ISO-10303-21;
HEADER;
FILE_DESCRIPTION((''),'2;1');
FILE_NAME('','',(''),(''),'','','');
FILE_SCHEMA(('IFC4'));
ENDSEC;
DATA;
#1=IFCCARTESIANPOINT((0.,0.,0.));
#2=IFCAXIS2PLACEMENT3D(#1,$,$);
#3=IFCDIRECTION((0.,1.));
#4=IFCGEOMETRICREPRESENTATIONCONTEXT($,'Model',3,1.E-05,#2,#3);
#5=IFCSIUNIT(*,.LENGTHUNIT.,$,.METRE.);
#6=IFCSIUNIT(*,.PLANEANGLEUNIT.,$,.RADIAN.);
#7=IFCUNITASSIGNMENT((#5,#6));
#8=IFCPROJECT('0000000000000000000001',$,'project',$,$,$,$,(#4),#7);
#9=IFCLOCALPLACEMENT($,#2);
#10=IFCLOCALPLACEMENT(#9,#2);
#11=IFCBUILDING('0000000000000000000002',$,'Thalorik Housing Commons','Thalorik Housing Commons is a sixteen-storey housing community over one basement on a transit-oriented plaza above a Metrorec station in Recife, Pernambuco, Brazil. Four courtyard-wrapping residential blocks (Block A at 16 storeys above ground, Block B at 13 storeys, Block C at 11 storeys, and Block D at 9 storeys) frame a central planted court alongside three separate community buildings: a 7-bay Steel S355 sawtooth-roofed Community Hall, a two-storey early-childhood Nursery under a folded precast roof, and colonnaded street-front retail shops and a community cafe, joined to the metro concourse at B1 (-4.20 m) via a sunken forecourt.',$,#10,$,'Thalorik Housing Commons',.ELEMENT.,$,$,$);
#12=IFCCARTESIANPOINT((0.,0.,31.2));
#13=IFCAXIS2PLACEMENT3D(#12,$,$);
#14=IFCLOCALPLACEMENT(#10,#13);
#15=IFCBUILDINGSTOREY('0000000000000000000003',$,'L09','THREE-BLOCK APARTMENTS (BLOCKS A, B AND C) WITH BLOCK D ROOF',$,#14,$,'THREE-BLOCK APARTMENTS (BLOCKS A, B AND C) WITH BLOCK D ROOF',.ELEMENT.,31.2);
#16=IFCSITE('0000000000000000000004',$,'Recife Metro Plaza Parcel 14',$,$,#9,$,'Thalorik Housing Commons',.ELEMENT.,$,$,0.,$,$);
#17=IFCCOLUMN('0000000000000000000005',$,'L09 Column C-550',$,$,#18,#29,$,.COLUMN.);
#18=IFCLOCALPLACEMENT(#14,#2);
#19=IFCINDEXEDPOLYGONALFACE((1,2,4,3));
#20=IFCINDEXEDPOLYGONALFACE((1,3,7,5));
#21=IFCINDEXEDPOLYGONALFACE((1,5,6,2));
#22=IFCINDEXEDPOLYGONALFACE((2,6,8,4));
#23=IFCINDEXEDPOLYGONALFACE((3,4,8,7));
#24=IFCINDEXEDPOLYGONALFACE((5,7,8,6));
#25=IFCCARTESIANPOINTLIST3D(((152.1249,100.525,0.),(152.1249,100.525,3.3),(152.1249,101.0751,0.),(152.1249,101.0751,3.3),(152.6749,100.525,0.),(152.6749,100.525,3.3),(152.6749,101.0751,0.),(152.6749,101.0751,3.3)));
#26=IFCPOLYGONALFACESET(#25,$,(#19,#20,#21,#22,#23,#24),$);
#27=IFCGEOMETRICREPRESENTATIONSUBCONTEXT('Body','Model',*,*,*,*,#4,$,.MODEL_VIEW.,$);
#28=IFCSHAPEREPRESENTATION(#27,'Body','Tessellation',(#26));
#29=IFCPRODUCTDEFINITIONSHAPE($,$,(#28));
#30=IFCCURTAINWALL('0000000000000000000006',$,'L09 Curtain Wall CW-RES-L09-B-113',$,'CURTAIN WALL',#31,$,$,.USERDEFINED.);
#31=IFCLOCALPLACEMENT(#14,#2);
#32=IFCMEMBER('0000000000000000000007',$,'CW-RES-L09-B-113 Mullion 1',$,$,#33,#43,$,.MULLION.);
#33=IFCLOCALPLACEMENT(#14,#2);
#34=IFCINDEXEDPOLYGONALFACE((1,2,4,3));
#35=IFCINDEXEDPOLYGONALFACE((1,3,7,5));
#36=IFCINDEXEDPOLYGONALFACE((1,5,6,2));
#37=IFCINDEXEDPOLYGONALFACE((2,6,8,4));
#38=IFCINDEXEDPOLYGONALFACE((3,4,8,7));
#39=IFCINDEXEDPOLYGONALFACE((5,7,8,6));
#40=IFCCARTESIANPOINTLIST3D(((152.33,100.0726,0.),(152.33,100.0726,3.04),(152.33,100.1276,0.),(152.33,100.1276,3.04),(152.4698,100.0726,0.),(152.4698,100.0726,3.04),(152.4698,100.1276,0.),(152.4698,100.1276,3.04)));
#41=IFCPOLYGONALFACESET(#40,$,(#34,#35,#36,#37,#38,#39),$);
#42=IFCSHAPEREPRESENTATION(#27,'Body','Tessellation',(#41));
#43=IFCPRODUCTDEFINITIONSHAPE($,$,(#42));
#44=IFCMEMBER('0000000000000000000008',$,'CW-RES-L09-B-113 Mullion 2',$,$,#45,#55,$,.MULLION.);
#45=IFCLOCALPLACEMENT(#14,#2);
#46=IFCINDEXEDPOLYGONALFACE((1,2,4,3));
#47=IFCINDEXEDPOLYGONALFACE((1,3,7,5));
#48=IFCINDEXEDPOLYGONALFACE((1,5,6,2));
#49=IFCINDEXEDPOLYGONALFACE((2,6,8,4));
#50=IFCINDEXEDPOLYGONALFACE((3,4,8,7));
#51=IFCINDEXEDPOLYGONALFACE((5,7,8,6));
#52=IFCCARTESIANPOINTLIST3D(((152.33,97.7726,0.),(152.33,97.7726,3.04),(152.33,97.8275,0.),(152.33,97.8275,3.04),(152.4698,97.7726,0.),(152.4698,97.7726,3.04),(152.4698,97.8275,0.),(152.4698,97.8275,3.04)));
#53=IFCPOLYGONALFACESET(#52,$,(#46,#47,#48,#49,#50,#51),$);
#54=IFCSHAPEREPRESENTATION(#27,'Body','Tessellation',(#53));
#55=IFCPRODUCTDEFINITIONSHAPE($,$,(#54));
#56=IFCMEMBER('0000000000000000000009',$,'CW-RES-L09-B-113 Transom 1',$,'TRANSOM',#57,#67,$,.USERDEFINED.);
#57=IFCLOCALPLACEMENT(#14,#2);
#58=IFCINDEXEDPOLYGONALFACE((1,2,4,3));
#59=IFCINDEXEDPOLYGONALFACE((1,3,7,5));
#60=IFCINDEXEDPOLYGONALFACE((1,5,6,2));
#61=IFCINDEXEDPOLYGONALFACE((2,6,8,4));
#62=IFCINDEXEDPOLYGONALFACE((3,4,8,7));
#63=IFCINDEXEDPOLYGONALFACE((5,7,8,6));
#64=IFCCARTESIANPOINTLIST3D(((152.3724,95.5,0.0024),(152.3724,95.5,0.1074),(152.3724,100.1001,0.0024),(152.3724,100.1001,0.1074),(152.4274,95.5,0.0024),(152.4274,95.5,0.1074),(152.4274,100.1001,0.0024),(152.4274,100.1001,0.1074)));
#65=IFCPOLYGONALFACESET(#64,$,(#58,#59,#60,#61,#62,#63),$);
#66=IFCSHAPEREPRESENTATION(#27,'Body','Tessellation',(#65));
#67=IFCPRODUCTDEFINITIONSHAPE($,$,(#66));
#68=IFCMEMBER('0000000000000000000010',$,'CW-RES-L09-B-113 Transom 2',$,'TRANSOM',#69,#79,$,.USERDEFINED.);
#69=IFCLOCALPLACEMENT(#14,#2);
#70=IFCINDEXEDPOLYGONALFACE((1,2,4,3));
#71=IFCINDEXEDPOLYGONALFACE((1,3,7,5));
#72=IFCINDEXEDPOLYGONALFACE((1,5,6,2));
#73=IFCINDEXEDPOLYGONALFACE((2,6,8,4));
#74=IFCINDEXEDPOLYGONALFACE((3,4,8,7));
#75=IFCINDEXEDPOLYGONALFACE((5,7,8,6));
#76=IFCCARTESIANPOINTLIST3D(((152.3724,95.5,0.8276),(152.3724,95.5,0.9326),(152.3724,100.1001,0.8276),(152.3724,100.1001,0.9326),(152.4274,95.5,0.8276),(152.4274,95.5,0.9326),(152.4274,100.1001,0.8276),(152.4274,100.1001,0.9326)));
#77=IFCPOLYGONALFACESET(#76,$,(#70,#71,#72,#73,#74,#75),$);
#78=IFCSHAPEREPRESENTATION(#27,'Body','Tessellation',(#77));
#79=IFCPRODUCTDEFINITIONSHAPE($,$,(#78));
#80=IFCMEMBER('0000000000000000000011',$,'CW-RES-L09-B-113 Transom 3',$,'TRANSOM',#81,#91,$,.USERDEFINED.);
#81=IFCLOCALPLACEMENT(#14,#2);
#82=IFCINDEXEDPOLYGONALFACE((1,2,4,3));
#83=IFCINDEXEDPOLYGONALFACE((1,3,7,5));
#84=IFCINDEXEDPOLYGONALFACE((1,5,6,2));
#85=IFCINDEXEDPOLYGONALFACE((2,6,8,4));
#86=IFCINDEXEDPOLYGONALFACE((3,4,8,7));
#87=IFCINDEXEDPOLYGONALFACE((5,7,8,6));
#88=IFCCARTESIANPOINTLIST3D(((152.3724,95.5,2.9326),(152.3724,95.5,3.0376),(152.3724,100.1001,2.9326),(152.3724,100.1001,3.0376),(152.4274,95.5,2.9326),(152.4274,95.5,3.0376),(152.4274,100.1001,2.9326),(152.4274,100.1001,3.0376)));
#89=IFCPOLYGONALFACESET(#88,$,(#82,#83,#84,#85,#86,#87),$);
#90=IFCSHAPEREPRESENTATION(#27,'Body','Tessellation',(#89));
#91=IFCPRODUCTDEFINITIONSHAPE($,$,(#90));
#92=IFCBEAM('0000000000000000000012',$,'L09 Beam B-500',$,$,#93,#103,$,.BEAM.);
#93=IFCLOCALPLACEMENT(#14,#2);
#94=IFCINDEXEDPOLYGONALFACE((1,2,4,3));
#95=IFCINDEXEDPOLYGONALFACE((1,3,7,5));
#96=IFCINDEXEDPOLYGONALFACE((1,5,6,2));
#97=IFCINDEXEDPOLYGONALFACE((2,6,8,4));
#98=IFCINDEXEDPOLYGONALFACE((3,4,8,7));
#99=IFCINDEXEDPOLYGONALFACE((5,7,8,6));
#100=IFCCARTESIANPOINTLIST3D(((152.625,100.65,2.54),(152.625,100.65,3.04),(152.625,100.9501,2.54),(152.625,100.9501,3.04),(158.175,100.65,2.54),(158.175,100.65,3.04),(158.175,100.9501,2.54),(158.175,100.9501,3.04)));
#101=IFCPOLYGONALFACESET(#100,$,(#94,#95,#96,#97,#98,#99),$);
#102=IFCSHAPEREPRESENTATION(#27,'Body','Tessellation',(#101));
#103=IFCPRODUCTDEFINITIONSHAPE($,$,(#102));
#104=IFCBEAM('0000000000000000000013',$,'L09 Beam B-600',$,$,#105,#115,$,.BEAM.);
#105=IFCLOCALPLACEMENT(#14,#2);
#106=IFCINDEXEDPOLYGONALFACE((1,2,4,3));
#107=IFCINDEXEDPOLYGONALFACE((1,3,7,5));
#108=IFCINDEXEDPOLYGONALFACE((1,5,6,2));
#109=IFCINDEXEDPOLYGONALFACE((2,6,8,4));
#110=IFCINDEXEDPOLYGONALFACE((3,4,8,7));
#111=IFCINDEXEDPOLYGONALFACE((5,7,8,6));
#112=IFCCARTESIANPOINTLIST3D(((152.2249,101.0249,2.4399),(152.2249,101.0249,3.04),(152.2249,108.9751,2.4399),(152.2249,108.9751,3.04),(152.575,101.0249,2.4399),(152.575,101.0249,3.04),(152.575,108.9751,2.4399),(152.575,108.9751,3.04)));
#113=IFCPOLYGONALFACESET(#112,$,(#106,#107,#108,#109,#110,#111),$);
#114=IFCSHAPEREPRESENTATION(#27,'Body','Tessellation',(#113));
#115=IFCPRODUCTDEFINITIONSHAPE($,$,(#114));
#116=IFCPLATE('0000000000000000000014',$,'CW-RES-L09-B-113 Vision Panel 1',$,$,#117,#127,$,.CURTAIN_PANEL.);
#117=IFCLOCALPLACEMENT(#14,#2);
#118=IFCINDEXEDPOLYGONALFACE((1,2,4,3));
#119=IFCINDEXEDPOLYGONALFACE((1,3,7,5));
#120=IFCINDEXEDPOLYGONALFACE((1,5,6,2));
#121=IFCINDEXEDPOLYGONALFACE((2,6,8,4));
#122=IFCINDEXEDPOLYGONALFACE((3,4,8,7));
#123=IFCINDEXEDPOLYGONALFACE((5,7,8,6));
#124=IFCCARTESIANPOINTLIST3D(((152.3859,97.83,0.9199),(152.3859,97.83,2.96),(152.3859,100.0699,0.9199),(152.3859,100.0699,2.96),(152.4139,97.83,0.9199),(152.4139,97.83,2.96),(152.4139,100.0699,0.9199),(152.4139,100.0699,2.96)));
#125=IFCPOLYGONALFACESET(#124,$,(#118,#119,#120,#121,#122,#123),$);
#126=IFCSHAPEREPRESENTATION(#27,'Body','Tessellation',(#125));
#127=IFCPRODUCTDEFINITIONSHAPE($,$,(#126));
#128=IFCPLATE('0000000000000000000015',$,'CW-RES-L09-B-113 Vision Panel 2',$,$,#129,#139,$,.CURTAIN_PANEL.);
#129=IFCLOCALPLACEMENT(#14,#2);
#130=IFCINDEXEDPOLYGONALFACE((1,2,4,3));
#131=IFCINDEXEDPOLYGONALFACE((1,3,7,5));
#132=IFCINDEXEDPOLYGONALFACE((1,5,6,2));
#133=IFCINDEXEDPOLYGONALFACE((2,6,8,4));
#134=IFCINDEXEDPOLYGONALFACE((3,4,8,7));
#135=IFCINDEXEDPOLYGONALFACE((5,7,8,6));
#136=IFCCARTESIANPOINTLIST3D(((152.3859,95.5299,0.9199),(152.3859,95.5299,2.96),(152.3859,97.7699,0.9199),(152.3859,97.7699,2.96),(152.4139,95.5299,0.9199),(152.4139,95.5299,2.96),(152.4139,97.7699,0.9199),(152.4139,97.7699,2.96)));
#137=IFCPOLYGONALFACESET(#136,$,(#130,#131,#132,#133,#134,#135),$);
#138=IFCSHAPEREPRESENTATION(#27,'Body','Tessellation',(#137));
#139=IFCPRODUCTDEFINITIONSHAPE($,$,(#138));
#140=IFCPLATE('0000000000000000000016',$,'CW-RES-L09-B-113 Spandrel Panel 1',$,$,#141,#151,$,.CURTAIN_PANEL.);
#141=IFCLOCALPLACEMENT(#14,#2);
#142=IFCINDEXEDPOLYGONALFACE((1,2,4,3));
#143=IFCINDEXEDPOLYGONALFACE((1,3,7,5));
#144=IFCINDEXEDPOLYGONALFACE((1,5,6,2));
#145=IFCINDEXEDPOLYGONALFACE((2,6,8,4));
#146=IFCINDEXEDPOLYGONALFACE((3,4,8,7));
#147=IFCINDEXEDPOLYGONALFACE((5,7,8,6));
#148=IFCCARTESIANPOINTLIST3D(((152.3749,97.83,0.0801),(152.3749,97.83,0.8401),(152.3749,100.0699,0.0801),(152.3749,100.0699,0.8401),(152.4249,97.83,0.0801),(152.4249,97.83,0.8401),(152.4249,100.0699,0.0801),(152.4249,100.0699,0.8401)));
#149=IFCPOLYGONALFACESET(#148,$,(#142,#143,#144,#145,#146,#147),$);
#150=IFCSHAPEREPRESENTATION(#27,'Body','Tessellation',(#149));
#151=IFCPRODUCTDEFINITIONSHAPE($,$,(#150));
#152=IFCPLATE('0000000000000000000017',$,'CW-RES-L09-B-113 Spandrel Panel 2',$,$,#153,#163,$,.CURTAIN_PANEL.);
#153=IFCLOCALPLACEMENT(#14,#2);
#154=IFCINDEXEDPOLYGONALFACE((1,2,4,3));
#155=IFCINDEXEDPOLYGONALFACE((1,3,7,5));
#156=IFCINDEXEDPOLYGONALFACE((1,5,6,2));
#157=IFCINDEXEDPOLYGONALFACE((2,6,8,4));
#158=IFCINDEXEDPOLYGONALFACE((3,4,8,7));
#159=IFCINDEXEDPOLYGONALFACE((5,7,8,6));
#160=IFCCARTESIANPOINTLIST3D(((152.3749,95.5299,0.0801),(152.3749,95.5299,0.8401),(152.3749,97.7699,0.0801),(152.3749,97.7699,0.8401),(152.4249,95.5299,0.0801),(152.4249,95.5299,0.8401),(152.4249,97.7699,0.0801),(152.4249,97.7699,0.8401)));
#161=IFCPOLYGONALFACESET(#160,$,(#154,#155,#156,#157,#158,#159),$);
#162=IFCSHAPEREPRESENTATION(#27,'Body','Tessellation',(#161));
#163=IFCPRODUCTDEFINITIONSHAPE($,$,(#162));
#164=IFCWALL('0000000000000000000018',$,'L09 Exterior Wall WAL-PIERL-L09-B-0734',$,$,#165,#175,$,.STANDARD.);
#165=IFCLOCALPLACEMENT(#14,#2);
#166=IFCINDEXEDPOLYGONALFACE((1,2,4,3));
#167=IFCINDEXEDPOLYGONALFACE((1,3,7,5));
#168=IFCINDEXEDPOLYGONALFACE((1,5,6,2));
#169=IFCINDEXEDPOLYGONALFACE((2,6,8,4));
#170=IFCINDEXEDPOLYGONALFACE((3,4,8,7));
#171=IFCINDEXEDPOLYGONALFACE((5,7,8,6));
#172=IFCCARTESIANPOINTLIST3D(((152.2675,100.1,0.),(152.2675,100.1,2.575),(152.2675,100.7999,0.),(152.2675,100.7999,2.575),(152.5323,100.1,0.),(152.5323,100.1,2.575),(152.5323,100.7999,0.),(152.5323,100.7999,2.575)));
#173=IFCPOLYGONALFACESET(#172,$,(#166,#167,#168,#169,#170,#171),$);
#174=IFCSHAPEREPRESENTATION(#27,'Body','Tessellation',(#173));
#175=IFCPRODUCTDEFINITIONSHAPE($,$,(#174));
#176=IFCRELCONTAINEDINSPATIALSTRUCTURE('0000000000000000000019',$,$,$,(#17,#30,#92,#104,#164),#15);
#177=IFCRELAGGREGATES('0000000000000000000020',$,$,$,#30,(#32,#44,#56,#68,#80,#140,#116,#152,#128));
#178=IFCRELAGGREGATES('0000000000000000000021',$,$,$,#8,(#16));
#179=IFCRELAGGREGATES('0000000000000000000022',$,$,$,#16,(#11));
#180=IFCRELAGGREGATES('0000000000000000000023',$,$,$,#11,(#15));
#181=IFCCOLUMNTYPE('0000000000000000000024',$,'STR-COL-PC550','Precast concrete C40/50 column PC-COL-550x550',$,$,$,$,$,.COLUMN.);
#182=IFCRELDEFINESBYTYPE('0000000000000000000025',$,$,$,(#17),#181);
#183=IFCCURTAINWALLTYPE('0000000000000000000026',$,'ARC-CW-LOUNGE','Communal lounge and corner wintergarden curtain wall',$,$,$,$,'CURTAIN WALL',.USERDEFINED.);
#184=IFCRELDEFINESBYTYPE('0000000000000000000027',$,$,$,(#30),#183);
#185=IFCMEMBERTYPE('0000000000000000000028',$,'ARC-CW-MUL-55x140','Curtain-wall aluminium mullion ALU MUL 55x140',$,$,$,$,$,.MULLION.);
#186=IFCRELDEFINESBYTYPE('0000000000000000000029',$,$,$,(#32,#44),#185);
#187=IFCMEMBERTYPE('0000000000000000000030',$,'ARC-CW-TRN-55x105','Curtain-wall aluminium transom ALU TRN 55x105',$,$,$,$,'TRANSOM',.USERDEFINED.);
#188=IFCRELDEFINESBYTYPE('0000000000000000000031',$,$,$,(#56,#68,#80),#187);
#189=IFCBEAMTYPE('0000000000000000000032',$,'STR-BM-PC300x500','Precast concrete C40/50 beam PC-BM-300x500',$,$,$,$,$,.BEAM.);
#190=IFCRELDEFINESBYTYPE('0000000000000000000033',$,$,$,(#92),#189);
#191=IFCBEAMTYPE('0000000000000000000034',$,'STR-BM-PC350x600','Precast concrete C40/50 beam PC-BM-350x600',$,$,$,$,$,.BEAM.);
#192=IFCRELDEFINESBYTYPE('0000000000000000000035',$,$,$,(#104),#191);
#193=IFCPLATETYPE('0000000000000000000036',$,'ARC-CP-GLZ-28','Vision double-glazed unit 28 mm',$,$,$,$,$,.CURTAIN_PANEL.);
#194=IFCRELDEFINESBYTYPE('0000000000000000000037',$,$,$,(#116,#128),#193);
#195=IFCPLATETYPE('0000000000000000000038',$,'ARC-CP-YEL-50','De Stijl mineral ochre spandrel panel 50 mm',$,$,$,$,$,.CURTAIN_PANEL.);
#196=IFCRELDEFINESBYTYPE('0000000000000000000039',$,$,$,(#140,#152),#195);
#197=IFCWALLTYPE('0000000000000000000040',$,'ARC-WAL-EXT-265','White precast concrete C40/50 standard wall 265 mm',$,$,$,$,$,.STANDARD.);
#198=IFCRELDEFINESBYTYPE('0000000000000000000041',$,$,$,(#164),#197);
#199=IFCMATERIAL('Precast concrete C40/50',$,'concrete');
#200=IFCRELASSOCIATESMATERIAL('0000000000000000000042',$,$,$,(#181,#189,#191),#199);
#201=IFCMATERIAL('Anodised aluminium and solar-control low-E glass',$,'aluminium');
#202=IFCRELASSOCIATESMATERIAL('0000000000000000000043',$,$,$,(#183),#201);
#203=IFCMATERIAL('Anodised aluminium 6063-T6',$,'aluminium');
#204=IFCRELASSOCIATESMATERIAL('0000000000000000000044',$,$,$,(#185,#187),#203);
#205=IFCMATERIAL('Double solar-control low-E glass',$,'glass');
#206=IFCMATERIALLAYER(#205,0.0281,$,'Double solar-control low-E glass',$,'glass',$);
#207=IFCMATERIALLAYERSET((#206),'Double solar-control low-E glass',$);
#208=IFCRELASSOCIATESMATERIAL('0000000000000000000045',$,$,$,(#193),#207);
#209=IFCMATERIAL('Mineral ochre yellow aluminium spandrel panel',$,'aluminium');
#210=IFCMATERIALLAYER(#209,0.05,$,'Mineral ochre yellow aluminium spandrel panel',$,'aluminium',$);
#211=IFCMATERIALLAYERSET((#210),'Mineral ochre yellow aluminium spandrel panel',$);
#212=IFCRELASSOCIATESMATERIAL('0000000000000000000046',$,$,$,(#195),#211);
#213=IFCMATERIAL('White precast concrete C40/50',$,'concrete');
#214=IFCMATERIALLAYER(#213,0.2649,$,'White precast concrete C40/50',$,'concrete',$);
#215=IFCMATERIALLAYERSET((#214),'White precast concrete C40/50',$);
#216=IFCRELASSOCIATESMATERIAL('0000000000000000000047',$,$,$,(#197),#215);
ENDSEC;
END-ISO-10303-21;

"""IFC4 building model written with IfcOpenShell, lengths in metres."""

from ifc_helpers import new_model, si_unit, direction, frame, frame_2d, origin, origin_2d, place, context, subcontext, project, spatial, rectangle, extrude, material, layer, layer_set, material_profile, profile_set, type_object, element, aggregate, save


model = new_model("IFC4")

# Units and contexts
model_context = context("Model", 3, precision=1e-05, world=origin(), true_north=direction((0.0, 1.0)))
body_context = subcontext(model_context, "Body", "Model", "MODEL_VIEW")
ifc_project = project(units=[si_unit("LENGTHUNIT", "METRE"), si_unit("PLANEANGLEUNIT", "RADIAN")], contexts=[model_context])

# Site, building, storey
site_placement = place(None, origin())
site = spatial("IfcSite", under=ifc_project, at=site_placement, Name="Recife Metro Plaza Parcel 14", LongName="Thalorik Housing Commons", CompositionType="ELEMENT", RefElevation=0.0)
building_placement = place(site_placement, origin())
building = spatial("IfcBuilding", under=site, at=building_placement, Name="Thalorik Housing Commons", Description="Thalorik Housing Commons is a sixteen-storey housing community over one basement on a transit-oriented plaza above a Metrorec station in Recife, Pernambuco, Brazil. Four courtyard-wrapping residential blocks (Block A at 16 storeys above ground, Block B at 13 storeys, Block C at 11 storeys, and Block D at 9 storeys) frame a central planted court alongside three separate community buildings: a 7-bay Steel S355 sawtooth-roofed Community Hall, a two-storey early-childhood Nursery under a folded precast roof, and colonnaded street-front retail shops and a community cafe, joined to the metro concourse at B1 (-4.20 m) via a sunken forecourt.", LongName="Thalorik Housing Commons", CompositionType="ELEMENT")
storey_placement = place(building_placement, frame((0.0, 0.0, 31.2)))
storey = spatial("IfcBuildingStorey", under=building, at=storey_placement, Name="L09", Description="THREE-BLOCK APARTMENTS (BLOCKS A, B AND C) WITH BLOCK D ROOF", LongName="THREE-BLOCK APARTMENTS (BLOCKS A, B AND C) WITH BLOCK D ROOF", CompositionType="ELEMENT", Elevation=31.2)

# Column
ifc_material_1 = material(Name="Precast concrete C40/50", Category="concrete")
ifc_material_profile_1 = material_profile(ifc_material_1, rectangle(XDim=0.55, YDim=0.55, at=origin_2d()), Name="PC 550x550", Category="concrete")
ifc_profile_set_1 = profile_set([ifc_material_profile_1], Name="Precast concrete C40/50")
column_type = type_object("IfcColumnType", Name="STR-COL-PC550", Description="Precast concrete C40/50 column PC-COL-550x550", PredefinedType="COLUMN", material=ifc_profile_set_1)
column_placement = place(storey_placement, frame((152.3999, 100.8, 0.0), z_axis=(0.0, 0.0, 1.0), x_axis=(1.0, 0.0, 0.0)))
element("IfcColumn", 1, at=column_placement, inside=storey, type_object=column_type, Name="L09 Column C-550", PredefinedType="COLUMN", context=body_context, shape_type="SweptSolid", body=[
    extrude(rectangle(XDim=0.55, YDim=0.55, at=origin_2d()), origin(), (0.0, 0.0, 1.0), 3.3),
])

# Curtain wall, members
ifc_material_2 = material(Name="Anodised aluminium and solar-control low-E glass", Category="aluminium")
curtain_wall_type = type_object("IfcCurtainWallType", Name="ARC-CW-LOUNGE", Description="Communal lounge and corner wintergarden curtain wall", ElementType="CURTAIN WALL", PredefinedType="USERDEFINED", material=ifc_material_2)
curtain_wall_placement = place(storey_placement, origin())
curtain_wall = element("IfcCurtainWall", 2, at=curtain_wall_placement, inside=storey, type_object=curtain_wall_type, Name="L09 Curtain Wall CW-RES-L09-B-113", ObjectType="CURTAIN WALL", PredefinedType="USERDEFINED")
ifc_material_3 = material(Name="Anodised aluminium 6063-T6", Category="aluminium")
ifc_material_profile_2 = material_profile(ifc_material_3, rectangle(XDim=0.0549, YDim=0.1399, at=origin_2d()), Name="ALU MUL 55x140", Category="aluminium")
ifc_profile_set_2 = profile_set([ifc_material_profile_2], Name="Anodised aluminium 6063-T6")
member_type_1 = type_object("IfcMemberType", Name="ARC-CW-MUL-55x140", Description="Curtain-wall aluminium mullion ALU MUL 55x140", PredefinedType="MULLION", material=ifc_profile_set_2)
member_1_placement = place(storey_placement, frame((152.3999, 100.1001, 0.0), z_axis=(0.0, 0.0, 1.0), x_axis=(0.0, -1.0, 0.0)))
member_1 = element("IfcMember", 3, at=member_1_placement, type_object=member_type_1, Name="CW-RES-L09-B-113 Mullion 1", PredefinedType="MULLION", context=body_context, shape_type="SweptSolid", body=[
    extrude(rectangle(XDim=0.0549, YDim=0.1399, at=origin_2d()), origin(), (0.0, 0.0, 1.0), 3.04),
])
member_2_placement = place(storey_placement, frame((152.3999, 97.8, 0.0), z_axis=(0.0, 0.0, 1.0), x_axis=(0.0, -1.0, 0.0)))
member_2 = element("IfcMember", 4, at=member_2_placement, type_object=member_type_1, Name="CW-RES-L09-B-113 Mullion 2", PredefinedType="MULLION", context=body_context, shape_type="SweptSolid", body=[
    extrude(rectangle(XDim=0.0549, YDim=0.1399, at=origin_2d()), origin(), (0.0, 0.0, 1.0), 3.04),
])
ifc_material_profile_3 = material_profile(ifc_material_3, rectangle(XDim=0.0549, YDim=0.105, at=origin_2d()), Name="ALU TRN 55x105", Category="aluminium")
ifc_profile_set_3 = profile_set([ifc_material_profile_3], Name="Anodised aluminium 6063-T6")
member_type_2 = type_object("IfcMemberType", Name="ARC-CW-TRN-55x105", Description="Curtain-wall aluminium transom ALU TRN 55x105", ElementType="TRANSOM", PredefinedType="USERDEFINED", material=ifc_profile_set_3)
member_3_placement = place(storey_placement, frame((152.3999, 100.1001, 0.0549), z_axis=(0.0, -1.0, 0.0), x_axis=(1.0, 0.0, 0.0)))
member_3 = element("IfcMember", 5, at=member_3_placement, type_object=member_type_2, Name="CW-RES-L09-B-113 Transom 1", ObjectType="TRANSOM", PredefinedType="USERDEFINED", context=body_context, shape_type="SweptSolid", body=[
    extrude(rectangle(XDim=0.0549, YDim=0.105, at=origin_2d()), origin(), (0.0, 0.0, 1.0), 4.6001),
])
member_4_placement = place(storey_placement, frame((152.3999, 100.1001, 0.8801), z_axis=(0.0, -1.0, 0.0), x_axis=(1.0, 0.0, 0.0)))
member_4 = element("IfcMember", 6, at=member_4_placement, type_object=member_type_2, Name="CW-RES-L09-B-113 Transom 2", ObjectType="TRANSOM", PredefinedType="USERDEFINED", context=body_context, shape_type="SweptSolid", body=[
    extrude(rectangle(XDim=0.0549, YDim=0.105, at=origin_2d()), origin(), (0.0, 0.0, 1.0), 4.6001),
])
member_5_placement = place(storey_placement, frame((152.3999, 100.1001, 2.9851), z_axis=(0.0, -1.0, 0.0), x_axis=(1.0, 0.0, 0.0)))
member_5 = element("IfcMember", 7, at=member_5_placement, type_object=member_type_2, Name="CW-RES-L09-B-113 Transom 3", ObjectType="TRANSOM", PredefinedType="USERDEFINED", context=body_context, shape_type="SweptSolid", body=[
    extrude(rectangle(XDim=0.0549, YDim=0.105, at=origin_2d()), origin(), (0.0, 0.0, 1.0), 4.6001),
])

# Beams
ifc_material_profile_4 = material_profile(ifc_material_1, rectangle(XDim=0.3, YDim=0.5, at=origin_2d()), Name="PC 300x500", Category="concrete")
ifc_profile_set_4 = profile_set([ifc_material_profile_4], Name="Precast concrete C40/50")
beam_type_1 = type_object("IfcBeamType", Name="STR-BM-PC300x500", Description="Precast concrete C40/50 beam PC-BM-300x500", PredefinedType="BEAM", material=ifc_profile_set_4)
beam_1_placement = place(storey_placement, frame((152.625, 100.8, 2.79), z_axis=(1.0, 0.0, 0.0), x_axis=(0.0, 1.0, 0.0)))
element("IfcBeam", 8, at=beam_1_placement, inside=storey, type_object=beam_type_1, Name="L09 Beam B-500", PredefinedType="BEAM", context=body_context, shape_type="SweptSolid", body=[
    extrude(rectangle(XDim=0.3, YDim=0.5, at=origin_2d()), origin(), (0.0, 0.0, 1.0), 5.55),
])
ifc_material_profile_5 = material_profile(ifc_material_1, rectangle(XDim=0.3501, YDim=0.6001, at=origin_2d()), Name="PC 350x600", Category="concrete")
ifc_profile_set_5 = profile_set([ifc_material_profile_5], Name="Precast concrete C40/50")
beam_type_2 = type_object("IfcBeamType", Name="STR-BM-PC350x600", Description="Precast concrete C40/50 beam PC-BM-350x600", PredefinedType="BEAM", material=ifc_profile_set_5)
beam_2_placement = place(storey_placement, frame((152.3999, 101.0249, 2.74), z_axis=(0.0, 1.0, 0.0), x_axis=(-1.0, 0.0, 0.0)))
element("IfcBeam", 9, at=beam_2_placement, inside=storey, type_object=beam_type_2, Name="L09 Beam B-600", PredefinedType="BEAM", context=body_context, shape_type="SweptSolid", body=[
    extrude(rectangle(XDim=0.3501, YDim=0.6001, at=origin_2d()), origin(), (0.0, 0.0, 1.0), 7.9502),
])

# Plates
ifc_material_4 = material(Name="Double solar-control low-E glass", Category="glass")
ifc_layer_1 = layer(ifc_material_4, 0.0281, Name="Double solar-control low-E glass", Category="glass")
ifc_layer_set_1 = layer_set([ifc_layer_1], Name="Double solar-control low-E glass")
plate_type_1 = type_object("IfcPlateType", Name="ARC-CP-GLZ-28", Description="Vision double-glazed unit 28 mm", PredefinedType="CURTAIN_PANEL", material=ifc_layer_set_1)
plate_1_placement = place(storey_placement, frame((152.3999, 98.95, 0.9199), z_axis=(0.0, 0.0, 1.0), x_axis=(0.0, -1.0, 0.0)))
plate_1 = element("IfcPlate", 10, at=plate_1_placement, type_object=plate_type_1, Name="CW-RES-L09-B-113 Vision Panel 1", PredefinedType="CURTAIN_PANEL", context=body_context, shape_type="SweptSolid", body=[
    extrude(rectangle(XDim=2.24, YDim=0.0281, at=origin_2d()), origin(), (0.0, 0.0, 1.0), 2.04),
])
plate_2_placement = place(storey_placement, frame((152.3999, 96.6499, 0.9199), z_axis=(0.0, 0.0, 1.0), x_axis=(0.0, -1.0, 0.0)))
plate_2 = element("IfcPlate", 11, at=plate_2_placement, type_object=plate_type_1, Name="CW-RES-L09-B-113 Vision Panel 2", PredefinedType="CURTAIN_PANEL", context=body_context, shape_type="SweptSolid", body=[
    extrude(rectangle(XDim=2.24, YDim=0.0281, at=origin_2d()), origin(), (0.0, 0.0, 1.0), 2.04),
])
ifc_material_5 = material(Name="Mineral ochre yellow aluminium spandrel panel", Category="aluminium")
ifc_layer_2 = layer(ifc_material_5, 0.05, Name="Mineral ochre yellow aluminium spandrel panel", Category="aluminium")
ifc_layer_set_2 = layer_set([ifc_layer_2], Name="Mineral ochre yellow aluminium spandrel panel")
plate_type_2 = type_object("IfcPlateType", Name="ARC-CP-YEL-50", Description="De Stijl mineral ochre spandrel panel 50 mm", PredefinedType="CURTAIN_PANEL", material=ifc_layer_set_2)
plate_3_placement = place(storey_placement, frame((152.3999, 98.95, 0.0801), z_axis=(0.0, 0.0, 1.0), x_axis=(0.0, -1.0, 0.0)))
plate_3 = element("IfcPlate", 12, at=plate_3_placement, type_object=plate_type_2, Name="CW-RES-L09-B-113 Spandrel Panel 1", PredefinedType="CURTAIN_PANEL", context=body_context, shape_type="SweptSolid", body=[
    extrude(rectangle(XDim=2.24, YDim=0.05, at=origin_2d()), origin(), (0.0, 0.0, 1.0), 0.76),
])
plate_4_placement = place(storey_placement, frame((152.3999, 96.6499, 0.0801), z_axis=(0.0, 0.0, 1.0), x_axis=(0.0, -1.0, 0.0)))
plate_4 = element("IfcPlate", 13, at=plate_4_placement, type_object=plate_type_2, Name="CW-RES-L09-B-113 Spandrel Panel 2", PredefinedType="CURTAIN_PANEL", context=body_context, shape_type="SweptSolid", body=[
    extrude(rectangle(XDim=2.24, YDim=0.05, at=origin_2d()), origin(), (0.0, 0.0, 1.0), 0.76),
])
aggregate(curtain_wall, [member_1, member_2, member_3, member_4, member_5, plate_3, plate_1, plate_4, plate_2])

# Wall
ifc_material_6 = material(Name="White precast concrete C40/50", Category="concrete")
ifc_layer_3 = layer(ifc_material_6, 0.2649, Name="White precast concrete C40/50", Category="concrete")
ifc_layer_set_3 = layer_set([ifc_layer_3], Name="White precast concrete C40/50")
wall_type_1 = type_object("IfcWallType", Name="ARC-WAL-EXT-265", Description="White precast concrete C40/50 standard wall 265 mm", PredefinedType="STANDARD", material=ifc_layer_set_3)
wall_1_placement = place(storey_placement, frame((152.3999, 100.8, 0.0), z_axis=(0.0, 0.0, 1.0), x_axis=(0.0, -1.0, 0.0)))
element("IfcWall", 14, at=wall_1_placement, inside=storey, type_object=wall_type_1, Name="L09 Exterior Wall WAL-PIERL-L09-B-0734", PredefinedType="STANDARD", context=body_context, shape_type="SweptSolid", body=[
    extrude(rectangle(XDim=0.7, YDim=0.2649, at=frame_2d((0.3501, 0.0))), origin(), (0.0, 0.0, 1.0), 2.575),
])

save(model, "model.ifc")
